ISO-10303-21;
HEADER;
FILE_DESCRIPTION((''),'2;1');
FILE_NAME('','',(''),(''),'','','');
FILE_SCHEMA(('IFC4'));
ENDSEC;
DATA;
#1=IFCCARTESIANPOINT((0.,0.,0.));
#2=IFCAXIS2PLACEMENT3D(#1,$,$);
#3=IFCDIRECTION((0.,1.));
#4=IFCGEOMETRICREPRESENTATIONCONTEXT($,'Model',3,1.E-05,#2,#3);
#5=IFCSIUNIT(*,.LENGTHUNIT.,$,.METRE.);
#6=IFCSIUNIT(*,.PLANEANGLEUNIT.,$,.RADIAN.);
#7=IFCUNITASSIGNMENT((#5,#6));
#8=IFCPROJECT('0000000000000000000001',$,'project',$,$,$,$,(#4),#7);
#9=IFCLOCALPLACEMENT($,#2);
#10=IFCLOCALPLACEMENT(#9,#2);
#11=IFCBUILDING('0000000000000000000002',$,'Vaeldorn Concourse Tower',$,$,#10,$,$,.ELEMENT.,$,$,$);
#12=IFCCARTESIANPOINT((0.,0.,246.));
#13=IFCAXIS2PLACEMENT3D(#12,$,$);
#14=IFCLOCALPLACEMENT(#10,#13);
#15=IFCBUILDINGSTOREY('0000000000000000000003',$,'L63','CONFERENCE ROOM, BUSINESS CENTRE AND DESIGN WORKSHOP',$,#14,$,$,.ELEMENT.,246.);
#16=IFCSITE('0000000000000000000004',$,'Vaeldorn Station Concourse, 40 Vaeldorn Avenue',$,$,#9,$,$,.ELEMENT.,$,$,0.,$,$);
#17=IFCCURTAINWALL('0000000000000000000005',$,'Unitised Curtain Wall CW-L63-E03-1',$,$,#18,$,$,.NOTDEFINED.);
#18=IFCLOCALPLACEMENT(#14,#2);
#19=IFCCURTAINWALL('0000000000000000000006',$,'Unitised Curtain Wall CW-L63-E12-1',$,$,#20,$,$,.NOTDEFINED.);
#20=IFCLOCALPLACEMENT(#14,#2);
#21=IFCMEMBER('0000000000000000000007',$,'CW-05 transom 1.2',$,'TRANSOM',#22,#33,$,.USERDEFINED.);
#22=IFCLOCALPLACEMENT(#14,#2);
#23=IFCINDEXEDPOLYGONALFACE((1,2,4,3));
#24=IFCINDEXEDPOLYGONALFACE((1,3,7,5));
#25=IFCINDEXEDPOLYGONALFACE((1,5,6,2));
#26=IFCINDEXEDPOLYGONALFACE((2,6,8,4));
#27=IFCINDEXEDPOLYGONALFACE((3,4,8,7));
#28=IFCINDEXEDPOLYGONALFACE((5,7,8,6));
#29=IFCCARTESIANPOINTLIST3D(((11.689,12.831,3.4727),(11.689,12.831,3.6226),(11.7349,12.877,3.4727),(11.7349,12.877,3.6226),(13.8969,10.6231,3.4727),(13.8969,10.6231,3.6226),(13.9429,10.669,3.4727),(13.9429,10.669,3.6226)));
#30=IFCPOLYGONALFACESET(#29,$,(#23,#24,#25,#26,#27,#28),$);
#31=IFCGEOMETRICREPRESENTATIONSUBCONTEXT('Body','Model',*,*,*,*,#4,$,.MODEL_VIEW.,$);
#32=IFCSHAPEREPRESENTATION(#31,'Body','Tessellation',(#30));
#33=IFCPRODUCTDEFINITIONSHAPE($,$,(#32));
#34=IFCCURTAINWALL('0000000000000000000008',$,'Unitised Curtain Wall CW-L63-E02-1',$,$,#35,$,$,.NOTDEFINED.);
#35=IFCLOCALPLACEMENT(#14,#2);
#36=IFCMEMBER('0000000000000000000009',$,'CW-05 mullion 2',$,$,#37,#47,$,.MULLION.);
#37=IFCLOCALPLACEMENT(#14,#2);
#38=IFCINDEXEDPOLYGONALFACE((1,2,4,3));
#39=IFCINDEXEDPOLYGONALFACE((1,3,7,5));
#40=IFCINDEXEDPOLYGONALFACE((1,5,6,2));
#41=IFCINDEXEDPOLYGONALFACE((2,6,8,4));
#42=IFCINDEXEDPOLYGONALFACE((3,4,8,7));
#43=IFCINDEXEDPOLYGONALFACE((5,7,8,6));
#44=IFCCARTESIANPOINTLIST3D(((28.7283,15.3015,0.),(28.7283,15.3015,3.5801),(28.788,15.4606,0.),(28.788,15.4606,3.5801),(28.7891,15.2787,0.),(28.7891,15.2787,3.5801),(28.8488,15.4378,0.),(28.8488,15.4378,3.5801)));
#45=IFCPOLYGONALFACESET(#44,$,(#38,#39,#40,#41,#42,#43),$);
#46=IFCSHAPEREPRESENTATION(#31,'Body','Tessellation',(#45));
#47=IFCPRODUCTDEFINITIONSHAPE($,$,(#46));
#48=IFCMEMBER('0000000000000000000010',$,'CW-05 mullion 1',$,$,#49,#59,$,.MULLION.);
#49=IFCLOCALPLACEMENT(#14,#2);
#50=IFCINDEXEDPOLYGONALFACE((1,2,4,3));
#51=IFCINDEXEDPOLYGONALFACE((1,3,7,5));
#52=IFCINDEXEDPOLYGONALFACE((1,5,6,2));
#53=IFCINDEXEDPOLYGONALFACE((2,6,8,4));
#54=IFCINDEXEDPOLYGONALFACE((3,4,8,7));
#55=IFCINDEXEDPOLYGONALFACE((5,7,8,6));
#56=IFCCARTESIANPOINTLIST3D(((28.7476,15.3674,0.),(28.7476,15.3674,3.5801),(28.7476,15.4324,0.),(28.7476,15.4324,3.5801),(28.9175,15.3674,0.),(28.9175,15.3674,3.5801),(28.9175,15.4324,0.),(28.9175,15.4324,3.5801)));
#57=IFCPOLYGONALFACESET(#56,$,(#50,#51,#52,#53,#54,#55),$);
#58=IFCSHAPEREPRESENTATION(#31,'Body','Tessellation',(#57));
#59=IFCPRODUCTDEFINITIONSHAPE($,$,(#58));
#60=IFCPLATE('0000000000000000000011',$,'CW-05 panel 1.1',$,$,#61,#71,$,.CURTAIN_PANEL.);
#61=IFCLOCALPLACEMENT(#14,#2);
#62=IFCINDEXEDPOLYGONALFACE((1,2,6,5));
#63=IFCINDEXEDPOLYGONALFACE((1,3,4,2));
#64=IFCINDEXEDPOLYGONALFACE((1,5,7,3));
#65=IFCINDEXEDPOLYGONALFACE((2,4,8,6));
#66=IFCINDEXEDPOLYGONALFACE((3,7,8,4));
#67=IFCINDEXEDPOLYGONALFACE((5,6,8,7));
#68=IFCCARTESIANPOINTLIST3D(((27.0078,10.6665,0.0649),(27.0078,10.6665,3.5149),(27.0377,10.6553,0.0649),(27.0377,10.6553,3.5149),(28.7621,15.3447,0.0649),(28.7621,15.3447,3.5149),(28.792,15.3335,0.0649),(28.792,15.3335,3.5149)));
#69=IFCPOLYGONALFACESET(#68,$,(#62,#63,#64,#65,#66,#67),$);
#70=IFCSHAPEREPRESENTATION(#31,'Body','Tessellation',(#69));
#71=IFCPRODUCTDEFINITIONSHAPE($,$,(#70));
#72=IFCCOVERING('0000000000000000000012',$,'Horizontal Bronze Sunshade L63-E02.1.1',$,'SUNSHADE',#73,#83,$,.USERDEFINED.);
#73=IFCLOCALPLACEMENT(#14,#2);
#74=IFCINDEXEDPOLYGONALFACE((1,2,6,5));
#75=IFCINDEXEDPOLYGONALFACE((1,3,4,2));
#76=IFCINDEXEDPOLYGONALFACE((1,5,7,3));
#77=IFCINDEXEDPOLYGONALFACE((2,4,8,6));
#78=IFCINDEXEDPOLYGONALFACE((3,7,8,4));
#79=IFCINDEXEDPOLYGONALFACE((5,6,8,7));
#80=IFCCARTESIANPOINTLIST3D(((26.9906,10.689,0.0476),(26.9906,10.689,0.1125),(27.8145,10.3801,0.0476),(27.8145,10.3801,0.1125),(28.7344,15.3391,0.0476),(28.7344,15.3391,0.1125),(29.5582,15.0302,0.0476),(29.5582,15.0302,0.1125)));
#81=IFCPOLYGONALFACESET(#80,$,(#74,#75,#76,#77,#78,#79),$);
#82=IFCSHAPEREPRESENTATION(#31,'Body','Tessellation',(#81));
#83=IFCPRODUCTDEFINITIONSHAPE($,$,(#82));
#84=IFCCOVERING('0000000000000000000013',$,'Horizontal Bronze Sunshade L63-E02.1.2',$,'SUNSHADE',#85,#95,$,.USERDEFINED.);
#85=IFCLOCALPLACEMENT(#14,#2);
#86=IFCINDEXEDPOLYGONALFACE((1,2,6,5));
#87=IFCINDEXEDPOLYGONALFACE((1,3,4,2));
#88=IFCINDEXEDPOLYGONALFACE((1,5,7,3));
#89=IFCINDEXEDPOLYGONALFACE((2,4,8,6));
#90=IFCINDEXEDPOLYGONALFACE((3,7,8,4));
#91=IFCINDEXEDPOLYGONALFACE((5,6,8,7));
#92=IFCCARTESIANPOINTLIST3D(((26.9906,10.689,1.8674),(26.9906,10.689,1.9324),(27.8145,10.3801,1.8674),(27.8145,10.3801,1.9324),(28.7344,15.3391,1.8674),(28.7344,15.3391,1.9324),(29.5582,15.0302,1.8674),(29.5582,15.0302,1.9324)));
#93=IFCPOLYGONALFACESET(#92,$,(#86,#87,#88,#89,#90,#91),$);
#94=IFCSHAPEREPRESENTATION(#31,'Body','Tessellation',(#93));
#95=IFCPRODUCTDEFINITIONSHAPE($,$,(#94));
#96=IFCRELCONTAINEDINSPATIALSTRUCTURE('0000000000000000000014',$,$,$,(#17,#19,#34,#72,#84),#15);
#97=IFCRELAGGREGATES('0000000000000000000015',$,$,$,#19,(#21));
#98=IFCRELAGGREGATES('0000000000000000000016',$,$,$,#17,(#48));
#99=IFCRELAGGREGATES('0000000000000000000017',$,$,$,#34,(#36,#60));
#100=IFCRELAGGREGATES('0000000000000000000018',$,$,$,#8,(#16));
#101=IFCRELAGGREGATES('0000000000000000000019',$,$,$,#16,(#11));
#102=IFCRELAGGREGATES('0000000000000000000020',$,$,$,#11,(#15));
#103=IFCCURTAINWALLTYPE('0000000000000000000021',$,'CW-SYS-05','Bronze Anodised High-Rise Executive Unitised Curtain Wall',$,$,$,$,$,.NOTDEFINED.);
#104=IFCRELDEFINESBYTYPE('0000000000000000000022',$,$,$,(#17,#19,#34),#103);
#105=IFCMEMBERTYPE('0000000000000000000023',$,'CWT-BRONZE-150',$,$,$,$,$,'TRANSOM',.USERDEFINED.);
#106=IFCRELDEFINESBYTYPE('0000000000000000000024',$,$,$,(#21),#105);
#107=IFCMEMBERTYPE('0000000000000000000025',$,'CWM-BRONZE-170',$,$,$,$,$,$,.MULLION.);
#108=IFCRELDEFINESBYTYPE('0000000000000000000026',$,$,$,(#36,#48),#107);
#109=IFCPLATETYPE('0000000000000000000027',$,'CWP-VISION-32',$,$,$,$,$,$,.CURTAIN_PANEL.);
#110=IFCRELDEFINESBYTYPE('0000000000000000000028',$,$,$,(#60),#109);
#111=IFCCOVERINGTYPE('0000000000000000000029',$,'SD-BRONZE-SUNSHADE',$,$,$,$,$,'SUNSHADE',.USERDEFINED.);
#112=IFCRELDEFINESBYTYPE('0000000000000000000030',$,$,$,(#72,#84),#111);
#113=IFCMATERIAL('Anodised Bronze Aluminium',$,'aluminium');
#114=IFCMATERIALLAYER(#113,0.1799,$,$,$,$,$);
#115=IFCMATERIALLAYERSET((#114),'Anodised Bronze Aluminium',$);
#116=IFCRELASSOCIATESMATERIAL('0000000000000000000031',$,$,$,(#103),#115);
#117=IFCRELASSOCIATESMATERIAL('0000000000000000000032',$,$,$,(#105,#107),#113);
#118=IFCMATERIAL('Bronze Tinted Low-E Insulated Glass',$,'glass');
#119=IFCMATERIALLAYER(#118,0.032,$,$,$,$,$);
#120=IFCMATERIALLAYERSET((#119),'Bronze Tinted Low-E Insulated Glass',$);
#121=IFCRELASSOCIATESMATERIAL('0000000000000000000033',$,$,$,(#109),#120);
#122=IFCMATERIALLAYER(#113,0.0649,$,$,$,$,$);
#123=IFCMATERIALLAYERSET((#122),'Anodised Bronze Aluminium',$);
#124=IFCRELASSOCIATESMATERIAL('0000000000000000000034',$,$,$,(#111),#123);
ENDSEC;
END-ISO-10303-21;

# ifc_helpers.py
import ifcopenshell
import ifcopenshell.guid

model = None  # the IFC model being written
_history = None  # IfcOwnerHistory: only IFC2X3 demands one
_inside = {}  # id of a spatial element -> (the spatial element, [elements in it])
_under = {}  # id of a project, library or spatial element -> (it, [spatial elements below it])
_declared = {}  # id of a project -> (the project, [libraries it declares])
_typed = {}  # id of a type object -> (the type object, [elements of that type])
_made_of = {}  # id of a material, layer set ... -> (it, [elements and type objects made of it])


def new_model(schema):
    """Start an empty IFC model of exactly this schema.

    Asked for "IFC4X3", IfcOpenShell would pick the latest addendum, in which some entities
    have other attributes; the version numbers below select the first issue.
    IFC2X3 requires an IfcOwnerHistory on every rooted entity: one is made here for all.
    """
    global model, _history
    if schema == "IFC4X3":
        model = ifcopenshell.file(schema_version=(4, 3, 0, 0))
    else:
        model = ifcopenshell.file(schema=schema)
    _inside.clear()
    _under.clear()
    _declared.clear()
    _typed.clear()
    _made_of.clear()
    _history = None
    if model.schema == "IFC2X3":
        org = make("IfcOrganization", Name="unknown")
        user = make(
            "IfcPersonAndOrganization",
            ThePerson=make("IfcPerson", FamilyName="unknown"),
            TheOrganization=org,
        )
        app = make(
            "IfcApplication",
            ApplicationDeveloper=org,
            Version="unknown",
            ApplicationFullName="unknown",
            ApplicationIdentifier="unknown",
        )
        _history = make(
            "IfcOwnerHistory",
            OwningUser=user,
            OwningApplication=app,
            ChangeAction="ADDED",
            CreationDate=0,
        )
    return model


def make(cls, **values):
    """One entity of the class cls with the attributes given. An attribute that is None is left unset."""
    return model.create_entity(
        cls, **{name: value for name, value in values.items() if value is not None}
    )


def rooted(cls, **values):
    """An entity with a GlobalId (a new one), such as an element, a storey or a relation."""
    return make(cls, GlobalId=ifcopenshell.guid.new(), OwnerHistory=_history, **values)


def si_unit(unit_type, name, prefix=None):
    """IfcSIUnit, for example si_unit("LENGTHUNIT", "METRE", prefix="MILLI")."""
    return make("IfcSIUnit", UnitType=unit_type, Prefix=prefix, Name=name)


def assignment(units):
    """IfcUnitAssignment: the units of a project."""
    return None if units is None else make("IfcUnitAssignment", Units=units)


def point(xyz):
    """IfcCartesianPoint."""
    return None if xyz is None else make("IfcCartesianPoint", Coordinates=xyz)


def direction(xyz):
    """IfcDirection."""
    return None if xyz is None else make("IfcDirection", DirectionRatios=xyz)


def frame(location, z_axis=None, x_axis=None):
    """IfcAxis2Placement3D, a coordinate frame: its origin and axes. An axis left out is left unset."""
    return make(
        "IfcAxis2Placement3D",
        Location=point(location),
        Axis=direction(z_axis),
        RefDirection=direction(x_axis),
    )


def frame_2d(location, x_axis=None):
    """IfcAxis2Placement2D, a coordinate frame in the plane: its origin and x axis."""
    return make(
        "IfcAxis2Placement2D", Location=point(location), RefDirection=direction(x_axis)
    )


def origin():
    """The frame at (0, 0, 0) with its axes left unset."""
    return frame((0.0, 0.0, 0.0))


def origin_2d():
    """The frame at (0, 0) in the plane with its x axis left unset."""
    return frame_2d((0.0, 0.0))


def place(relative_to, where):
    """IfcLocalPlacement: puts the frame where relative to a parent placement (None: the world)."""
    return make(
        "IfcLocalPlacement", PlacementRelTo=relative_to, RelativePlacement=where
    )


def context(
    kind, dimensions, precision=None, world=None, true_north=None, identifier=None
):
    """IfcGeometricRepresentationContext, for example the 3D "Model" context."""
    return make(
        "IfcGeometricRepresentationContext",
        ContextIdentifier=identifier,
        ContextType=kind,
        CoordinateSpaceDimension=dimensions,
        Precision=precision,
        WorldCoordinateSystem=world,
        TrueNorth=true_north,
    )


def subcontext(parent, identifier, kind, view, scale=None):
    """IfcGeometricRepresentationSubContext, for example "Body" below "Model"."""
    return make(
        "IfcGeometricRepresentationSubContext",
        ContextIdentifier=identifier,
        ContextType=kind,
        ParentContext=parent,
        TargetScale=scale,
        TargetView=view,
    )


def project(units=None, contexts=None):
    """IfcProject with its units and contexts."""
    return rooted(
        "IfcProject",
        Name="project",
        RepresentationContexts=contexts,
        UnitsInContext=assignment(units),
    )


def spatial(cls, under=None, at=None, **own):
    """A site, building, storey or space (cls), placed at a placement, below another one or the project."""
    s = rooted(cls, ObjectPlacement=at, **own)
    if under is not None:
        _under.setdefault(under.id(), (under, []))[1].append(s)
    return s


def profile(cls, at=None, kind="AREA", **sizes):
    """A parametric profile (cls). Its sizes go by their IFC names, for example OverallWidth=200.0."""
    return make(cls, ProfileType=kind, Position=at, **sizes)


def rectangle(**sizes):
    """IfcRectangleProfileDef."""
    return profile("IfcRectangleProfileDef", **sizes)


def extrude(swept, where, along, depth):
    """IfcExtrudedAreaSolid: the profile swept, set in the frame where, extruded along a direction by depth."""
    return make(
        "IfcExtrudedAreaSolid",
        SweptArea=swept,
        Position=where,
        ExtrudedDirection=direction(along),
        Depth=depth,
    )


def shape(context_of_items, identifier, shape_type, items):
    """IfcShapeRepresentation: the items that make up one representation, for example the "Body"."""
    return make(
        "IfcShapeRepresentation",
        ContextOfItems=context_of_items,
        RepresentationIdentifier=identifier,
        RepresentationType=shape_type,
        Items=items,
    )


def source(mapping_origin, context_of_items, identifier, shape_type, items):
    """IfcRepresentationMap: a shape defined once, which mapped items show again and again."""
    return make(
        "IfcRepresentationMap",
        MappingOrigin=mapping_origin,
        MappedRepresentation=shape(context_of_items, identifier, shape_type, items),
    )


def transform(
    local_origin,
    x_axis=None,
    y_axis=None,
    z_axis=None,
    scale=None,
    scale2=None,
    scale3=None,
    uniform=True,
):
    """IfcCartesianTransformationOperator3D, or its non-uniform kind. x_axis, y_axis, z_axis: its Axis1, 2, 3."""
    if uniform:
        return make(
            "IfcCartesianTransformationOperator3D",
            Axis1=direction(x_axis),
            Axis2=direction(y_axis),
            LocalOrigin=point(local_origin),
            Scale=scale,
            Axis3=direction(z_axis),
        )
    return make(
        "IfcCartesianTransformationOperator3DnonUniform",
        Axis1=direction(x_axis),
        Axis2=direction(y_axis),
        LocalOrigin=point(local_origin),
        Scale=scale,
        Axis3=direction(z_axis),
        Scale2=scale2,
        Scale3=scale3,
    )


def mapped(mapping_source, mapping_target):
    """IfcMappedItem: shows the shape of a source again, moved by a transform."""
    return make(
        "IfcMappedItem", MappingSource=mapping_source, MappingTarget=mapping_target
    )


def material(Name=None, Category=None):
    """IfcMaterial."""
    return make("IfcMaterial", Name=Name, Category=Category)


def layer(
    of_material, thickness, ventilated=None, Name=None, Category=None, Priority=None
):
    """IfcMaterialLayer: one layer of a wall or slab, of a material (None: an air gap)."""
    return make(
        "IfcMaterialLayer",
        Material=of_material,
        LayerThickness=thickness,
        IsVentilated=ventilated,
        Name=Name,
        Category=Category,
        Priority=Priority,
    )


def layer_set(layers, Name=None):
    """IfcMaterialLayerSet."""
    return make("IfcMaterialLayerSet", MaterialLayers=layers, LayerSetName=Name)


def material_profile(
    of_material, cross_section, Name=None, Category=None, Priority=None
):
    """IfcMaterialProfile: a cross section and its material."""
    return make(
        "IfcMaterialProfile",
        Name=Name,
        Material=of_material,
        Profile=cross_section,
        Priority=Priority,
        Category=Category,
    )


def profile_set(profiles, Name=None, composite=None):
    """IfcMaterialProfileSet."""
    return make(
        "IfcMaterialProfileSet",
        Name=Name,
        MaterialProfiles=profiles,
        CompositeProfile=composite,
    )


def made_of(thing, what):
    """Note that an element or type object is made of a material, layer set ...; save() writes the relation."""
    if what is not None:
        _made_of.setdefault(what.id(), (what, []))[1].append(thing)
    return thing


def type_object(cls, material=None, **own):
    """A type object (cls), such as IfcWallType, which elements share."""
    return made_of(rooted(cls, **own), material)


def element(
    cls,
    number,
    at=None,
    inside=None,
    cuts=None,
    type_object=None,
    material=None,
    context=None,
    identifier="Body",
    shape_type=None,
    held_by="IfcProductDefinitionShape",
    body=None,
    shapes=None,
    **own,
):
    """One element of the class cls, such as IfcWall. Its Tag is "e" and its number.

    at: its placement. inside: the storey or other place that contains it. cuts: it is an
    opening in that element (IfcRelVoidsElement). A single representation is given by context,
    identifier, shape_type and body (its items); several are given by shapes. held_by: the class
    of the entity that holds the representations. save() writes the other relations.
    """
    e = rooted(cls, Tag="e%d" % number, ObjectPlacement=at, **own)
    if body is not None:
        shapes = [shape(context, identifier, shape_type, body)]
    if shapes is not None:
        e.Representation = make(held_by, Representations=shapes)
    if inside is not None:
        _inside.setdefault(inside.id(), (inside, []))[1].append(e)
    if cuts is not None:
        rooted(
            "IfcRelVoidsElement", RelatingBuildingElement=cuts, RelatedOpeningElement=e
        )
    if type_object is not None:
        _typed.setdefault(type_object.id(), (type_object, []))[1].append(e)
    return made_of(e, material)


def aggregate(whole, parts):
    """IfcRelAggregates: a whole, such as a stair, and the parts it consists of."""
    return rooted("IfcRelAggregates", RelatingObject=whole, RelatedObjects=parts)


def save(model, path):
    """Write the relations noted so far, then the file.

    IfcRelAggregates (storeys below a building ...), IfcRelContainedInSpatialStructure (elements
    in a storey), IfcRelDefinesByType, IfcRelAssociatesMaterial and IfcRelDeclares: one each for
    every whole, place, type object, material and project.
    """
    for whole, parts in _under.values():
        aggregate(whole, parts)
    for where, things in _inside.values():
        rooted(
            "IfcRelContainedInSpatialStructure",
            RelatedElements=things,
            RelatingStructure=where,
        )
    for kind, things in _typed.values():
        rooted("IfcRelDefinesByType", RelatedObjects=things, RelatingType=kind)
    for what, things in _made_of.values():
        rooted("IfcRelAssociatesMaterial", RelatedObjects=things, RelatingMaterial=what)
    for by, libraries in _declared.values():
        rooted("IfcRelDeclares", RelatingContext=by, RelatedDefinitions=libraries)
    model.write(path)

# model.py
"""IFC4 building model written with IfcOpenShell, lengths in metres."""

from ifc_helpers import new_model, si_unit, direction, frame, origin, origin_2d, place, context, subcontext, project, spatial, rectangle, extrude, source, transform, mapped, material, layer, layer_set, material_profile, profile_set, type_object, element, aggregate, save


model = new_model("IFC4")

# Units and contexts
model_context = context("Model", 3, precision=1e-05, world=origin(), true_north=direction((0.0, 1.0)))
body_context = subcontext(model_context, "Body", "Model", "MODEL_VIEW")
ifc_project = project(units=[si_unit("LENGTHUNIT", "METRE"), si_unit("PLANEANGLEUNIT", "RADIAN")], contexts=[model_context])

# Site, building, storey
site_placement = place(None, origin())
site = spatial("IfcSite", under=ifc_project, at=site_placement, Name="Vaeldorn Station Concourse, 40 Vaeldorn Avenue", CompositionType="ELEMENT", RefElevation=0.0)
building_placement = place(site_placement, origin())
building = spatial("IfcBuilding", under=site, at=building_placement, Name="Vaeldorn Concourse Tower", CompositionType="ELEMENT")
storey_placement = place(building_placement, frame((0.0, 0.0, 246.0)))
storey = spatial("IfcBuildingStorey", under=building, at=storey_placement, Name="L63", Description="CONFERENCE ROOM, BUSINESS CENTRE AND DESIGN WORKSHOP", CompositionType="ELEMENT", Elevation=246.0)

# Curtain walls, member
ifc_material_1 = material(Name="Anodised Bronze Aluminium", Category="aluminium")
ifc_layer_1 = layer(ifc_material_1, 0.1799)
ifc_layer_set_1 = layer_set([ifc_layer_1], Name="Anodised Bronze Aluminium")
curtain_wall_type = type_object("IfcCurtainWallType", Name="CW-SYS-05", Description="Bronze Anodised High-Rise Executive Unitised Curtain Wall", PredefinedType="NOTDEFINED", material=ifc_layer_set_1)
curtain_wall_1_placement = place(storey_placement, origin())
curtain_wall_1 = element("IfcCurtainWall", 1, at=curtain_wall_1_placement, inside=storey, type_object=curtain_wall_type, Name="Unitised Curtain Wall CW-L63-E03-1", PredefinedType="NOTDEFINED")
ifc_material_profile_1 = material_profile(ifc_material_1, rectangle(XDim=0.0649, YDim=0.1499, at=origin_2d()), Name="CWT 65x150")
ifc_profile_set_1 = profile_set([ifc_material_profile_1], Name="Anodised Bronze Aluminium")
member_type_1 = type_object("IfcMemberType", Name="CWT-BRONZE-150", ElementType="TRANSOM", PredefinedType="USERDEFINED", material=ifc_profile_set_1)
curtain_wall_2_placement = place(storey_placement, origin())
curtain_wall_2 = element("IfcCurtainWall", 2, at=curtain_wall_2_placement, inside=storey, type_object=curtain_wall_type, Name="Unitised Curtain Wall CW-L63-E12-1", PredefinedType="NOTDEFINED")
shared_shape_1 = source(origin(), body_context, "Body", "SweptSolid", [
    extrude(rectangle(XDim=0.0649, YDim=0.1499, at=origin_2d()), origin(), (0.0, 0.0, 1.0), 3.1226),
])
member_1_placement = place(storey_placement, frame((11.7119, 12.854, 3.5476), z_axis=(0.707107, -0.707107, 0.0), x_axis=(0.707107, 0.707107, 0.0)))
member_1 = element("IfcMember", 3, at=member_1_placement, type_object=member_type_1, Name="CW-05 transom 1.2", ObjectType="TRANSOM", PredefinedType="USERDEFINED", context=body_context, shape_type="MappedRepresentation", body=[
    mapped(shared_shape_1, transform((0.0, 0.0, 0.0), scale=1.0)),
])
aggregate(curtain_wall_2, [member_1])

# Curtain wall, member
curtain_wall_3_placement = place(storey_placement, origin())
curtain_wall_3 = element("IfcCurtainWall", 4, at=curtain_wall_3_placement, inside=storey, type_object=curtain_wall_type, Name="Unitised Curtain Wall CW-L63-E02-1", PredefinedType="NOTDEFINED")
ifc_material_profile_2 = material_profile(ifc_material_1, rectangle(XDim=0.0649, YDim=0.1699, at=origin_2d()), Name="CWM 65x170")
ifc_profile_set_2 = profile_set([ifc_material_profile_2], Name="Anodised Bronze Aluminium")
member_type_2 = type_object("IfcMemberType", Name="CWM-BRONZE-170", PredefinedType="MULLION", material=ifc_profile_set_2)
shared_shape_2 = source(origin(), body_context, "Body", "SweptSolid", [
    extrude(rectangle(XDim=0.0649, YDim=0.1699, at=origin_2d()), origin(), (0.0, 0.0, 1.0), 3.5801),
])
member_2_placement = place(storey_placement, frame((28.7886, 15.3696, 0.0), z_axis=(0.0, 0.0, 1.0), x_axis=(-0.936329, 0.351123, 0.0)))
member_2 = element("IfcMember", 5, at=member_2_placement, type_object=member_type_2, Name="CW-05 mullion 2", PredefinedType="MULLION", context=body_context, shape_type="MappedRepresentation", body=[
    mapped(shared_shape_2, transform((0.0, 0.0, 0.0), scale=1.0)),
])

# Member
member_3_placement = place(storey_placement, frame((28.8325, 15.3999, 0.0), z_axis=(0.0, 0.0, 1.0), x_axis=(0.0, 1.0, 0.0)))
member_3 = element("IfcMember", 6, at=member_3_placement, type_object=member_type_2, Name="CW-05 mullion 1", PredefinedType="MULLION", context=body_context, shape_type="MappedRepresentation", body=[
    mapped(shared_shape_2, transform((0.0, 0.0, 0.0), scale=1.0)),
])
aggregate(curtain_wall_1, [member_3])

# Plate
ifc_material_2 = material(Name="Bronze Tinted Low-E Insulated Glass", Category="glass")
ifc_layer_2 = layer(ifc_material_2, 0.032)
ifc_layer_set_2 = layer_set([ifc_layer_2], Name="Bronze Tinted Low-E Insulated Glass")
plate_type = type_object("IfcPlateType", Name="CWP-VISION-32", PredefinedType="CURTAIN_PANEL", material=ifc_layer_set_2)
shared_shape_3 = source(origin(), body_context, "Body", "SweptSolid", [
    extrude(rectangle(XDim=4.9963, YDim=0.032, at=origin_2d()), origin(), (0.0, 0.0, 1.0), 3.45),
])
plate_placement = place(storey_placement, frame((27.8999, 13.0, 0.0649), z_axis=(0.0, 0.0, 1.0), x_axis=(0.351123, 0.936329, 0.0)))
plate = element("IfcPlate", 7, at=plate_placement, type_object=plate_type, Name="CW-05 panel 1.1", PredefinedType="CURTAIN_PANEL", context=body_context, shape_type="MappedRepresentation", body=[
    mapped(shared_shape_3, transform((0.0, 0.0, 0.0), scale=1.0)),
])
aggregate(curtain_wall_3, [member_2, plate])

# Coverings
ifc_layer_3 = layer(ifc_material_1, 0.0649)
ifc_layer_set_3 = layer_set([ifc_layer_3], Name="Anodised Bronze Aluminium")
covering_type = type_object("IfcCoveringType", Name="SD-BRONZE-SUNSHADE", ElementType="SUNSHADE", PredefinedType="USERDEFINED", material=ifc_layer_set_3)
shared_shape_4 = source(origin(), body_context, "Body", "SweptSolid", [
    extrude(rectangle(XDim=4.9663, YDim=0.8799, at=origin_2d()), origin(), (0.0, 0.0, 1.0), 0.0649),
])
for number, where, z_axis, x_axis, name in (
    (8, (28.2744, 12.8596, 0.0476), (0.0, 0.0, 1.0), (0.351123, 0.936329, 0.0), "Horizontal Bronze Sunshade L63-E02.1.1"),
    (9, (28.2744, 12.8596, 1.8674), (0.0, 0.0, 1.0), (0.351123, 0.936329, 0.0), "Horizontal Bronze Sunshade L63-E02.1.2"),
):
    element("IfcCovering", number, at=place(storey_placement, frame(where, z_axis=z_axis, x_axis=x_axis)), inside=storey, type_object=covering_type, Name=name, ObjectType="SUNSHADE", PredefinedType="USERDEFINED", context=body_context, shape_type="MappedRepresentation", body=[
        mapped(shared_shape_4, transform((0.0, 0.0, 0.0), scale=1.0)),
    ])

save(model, "model.ifc")
